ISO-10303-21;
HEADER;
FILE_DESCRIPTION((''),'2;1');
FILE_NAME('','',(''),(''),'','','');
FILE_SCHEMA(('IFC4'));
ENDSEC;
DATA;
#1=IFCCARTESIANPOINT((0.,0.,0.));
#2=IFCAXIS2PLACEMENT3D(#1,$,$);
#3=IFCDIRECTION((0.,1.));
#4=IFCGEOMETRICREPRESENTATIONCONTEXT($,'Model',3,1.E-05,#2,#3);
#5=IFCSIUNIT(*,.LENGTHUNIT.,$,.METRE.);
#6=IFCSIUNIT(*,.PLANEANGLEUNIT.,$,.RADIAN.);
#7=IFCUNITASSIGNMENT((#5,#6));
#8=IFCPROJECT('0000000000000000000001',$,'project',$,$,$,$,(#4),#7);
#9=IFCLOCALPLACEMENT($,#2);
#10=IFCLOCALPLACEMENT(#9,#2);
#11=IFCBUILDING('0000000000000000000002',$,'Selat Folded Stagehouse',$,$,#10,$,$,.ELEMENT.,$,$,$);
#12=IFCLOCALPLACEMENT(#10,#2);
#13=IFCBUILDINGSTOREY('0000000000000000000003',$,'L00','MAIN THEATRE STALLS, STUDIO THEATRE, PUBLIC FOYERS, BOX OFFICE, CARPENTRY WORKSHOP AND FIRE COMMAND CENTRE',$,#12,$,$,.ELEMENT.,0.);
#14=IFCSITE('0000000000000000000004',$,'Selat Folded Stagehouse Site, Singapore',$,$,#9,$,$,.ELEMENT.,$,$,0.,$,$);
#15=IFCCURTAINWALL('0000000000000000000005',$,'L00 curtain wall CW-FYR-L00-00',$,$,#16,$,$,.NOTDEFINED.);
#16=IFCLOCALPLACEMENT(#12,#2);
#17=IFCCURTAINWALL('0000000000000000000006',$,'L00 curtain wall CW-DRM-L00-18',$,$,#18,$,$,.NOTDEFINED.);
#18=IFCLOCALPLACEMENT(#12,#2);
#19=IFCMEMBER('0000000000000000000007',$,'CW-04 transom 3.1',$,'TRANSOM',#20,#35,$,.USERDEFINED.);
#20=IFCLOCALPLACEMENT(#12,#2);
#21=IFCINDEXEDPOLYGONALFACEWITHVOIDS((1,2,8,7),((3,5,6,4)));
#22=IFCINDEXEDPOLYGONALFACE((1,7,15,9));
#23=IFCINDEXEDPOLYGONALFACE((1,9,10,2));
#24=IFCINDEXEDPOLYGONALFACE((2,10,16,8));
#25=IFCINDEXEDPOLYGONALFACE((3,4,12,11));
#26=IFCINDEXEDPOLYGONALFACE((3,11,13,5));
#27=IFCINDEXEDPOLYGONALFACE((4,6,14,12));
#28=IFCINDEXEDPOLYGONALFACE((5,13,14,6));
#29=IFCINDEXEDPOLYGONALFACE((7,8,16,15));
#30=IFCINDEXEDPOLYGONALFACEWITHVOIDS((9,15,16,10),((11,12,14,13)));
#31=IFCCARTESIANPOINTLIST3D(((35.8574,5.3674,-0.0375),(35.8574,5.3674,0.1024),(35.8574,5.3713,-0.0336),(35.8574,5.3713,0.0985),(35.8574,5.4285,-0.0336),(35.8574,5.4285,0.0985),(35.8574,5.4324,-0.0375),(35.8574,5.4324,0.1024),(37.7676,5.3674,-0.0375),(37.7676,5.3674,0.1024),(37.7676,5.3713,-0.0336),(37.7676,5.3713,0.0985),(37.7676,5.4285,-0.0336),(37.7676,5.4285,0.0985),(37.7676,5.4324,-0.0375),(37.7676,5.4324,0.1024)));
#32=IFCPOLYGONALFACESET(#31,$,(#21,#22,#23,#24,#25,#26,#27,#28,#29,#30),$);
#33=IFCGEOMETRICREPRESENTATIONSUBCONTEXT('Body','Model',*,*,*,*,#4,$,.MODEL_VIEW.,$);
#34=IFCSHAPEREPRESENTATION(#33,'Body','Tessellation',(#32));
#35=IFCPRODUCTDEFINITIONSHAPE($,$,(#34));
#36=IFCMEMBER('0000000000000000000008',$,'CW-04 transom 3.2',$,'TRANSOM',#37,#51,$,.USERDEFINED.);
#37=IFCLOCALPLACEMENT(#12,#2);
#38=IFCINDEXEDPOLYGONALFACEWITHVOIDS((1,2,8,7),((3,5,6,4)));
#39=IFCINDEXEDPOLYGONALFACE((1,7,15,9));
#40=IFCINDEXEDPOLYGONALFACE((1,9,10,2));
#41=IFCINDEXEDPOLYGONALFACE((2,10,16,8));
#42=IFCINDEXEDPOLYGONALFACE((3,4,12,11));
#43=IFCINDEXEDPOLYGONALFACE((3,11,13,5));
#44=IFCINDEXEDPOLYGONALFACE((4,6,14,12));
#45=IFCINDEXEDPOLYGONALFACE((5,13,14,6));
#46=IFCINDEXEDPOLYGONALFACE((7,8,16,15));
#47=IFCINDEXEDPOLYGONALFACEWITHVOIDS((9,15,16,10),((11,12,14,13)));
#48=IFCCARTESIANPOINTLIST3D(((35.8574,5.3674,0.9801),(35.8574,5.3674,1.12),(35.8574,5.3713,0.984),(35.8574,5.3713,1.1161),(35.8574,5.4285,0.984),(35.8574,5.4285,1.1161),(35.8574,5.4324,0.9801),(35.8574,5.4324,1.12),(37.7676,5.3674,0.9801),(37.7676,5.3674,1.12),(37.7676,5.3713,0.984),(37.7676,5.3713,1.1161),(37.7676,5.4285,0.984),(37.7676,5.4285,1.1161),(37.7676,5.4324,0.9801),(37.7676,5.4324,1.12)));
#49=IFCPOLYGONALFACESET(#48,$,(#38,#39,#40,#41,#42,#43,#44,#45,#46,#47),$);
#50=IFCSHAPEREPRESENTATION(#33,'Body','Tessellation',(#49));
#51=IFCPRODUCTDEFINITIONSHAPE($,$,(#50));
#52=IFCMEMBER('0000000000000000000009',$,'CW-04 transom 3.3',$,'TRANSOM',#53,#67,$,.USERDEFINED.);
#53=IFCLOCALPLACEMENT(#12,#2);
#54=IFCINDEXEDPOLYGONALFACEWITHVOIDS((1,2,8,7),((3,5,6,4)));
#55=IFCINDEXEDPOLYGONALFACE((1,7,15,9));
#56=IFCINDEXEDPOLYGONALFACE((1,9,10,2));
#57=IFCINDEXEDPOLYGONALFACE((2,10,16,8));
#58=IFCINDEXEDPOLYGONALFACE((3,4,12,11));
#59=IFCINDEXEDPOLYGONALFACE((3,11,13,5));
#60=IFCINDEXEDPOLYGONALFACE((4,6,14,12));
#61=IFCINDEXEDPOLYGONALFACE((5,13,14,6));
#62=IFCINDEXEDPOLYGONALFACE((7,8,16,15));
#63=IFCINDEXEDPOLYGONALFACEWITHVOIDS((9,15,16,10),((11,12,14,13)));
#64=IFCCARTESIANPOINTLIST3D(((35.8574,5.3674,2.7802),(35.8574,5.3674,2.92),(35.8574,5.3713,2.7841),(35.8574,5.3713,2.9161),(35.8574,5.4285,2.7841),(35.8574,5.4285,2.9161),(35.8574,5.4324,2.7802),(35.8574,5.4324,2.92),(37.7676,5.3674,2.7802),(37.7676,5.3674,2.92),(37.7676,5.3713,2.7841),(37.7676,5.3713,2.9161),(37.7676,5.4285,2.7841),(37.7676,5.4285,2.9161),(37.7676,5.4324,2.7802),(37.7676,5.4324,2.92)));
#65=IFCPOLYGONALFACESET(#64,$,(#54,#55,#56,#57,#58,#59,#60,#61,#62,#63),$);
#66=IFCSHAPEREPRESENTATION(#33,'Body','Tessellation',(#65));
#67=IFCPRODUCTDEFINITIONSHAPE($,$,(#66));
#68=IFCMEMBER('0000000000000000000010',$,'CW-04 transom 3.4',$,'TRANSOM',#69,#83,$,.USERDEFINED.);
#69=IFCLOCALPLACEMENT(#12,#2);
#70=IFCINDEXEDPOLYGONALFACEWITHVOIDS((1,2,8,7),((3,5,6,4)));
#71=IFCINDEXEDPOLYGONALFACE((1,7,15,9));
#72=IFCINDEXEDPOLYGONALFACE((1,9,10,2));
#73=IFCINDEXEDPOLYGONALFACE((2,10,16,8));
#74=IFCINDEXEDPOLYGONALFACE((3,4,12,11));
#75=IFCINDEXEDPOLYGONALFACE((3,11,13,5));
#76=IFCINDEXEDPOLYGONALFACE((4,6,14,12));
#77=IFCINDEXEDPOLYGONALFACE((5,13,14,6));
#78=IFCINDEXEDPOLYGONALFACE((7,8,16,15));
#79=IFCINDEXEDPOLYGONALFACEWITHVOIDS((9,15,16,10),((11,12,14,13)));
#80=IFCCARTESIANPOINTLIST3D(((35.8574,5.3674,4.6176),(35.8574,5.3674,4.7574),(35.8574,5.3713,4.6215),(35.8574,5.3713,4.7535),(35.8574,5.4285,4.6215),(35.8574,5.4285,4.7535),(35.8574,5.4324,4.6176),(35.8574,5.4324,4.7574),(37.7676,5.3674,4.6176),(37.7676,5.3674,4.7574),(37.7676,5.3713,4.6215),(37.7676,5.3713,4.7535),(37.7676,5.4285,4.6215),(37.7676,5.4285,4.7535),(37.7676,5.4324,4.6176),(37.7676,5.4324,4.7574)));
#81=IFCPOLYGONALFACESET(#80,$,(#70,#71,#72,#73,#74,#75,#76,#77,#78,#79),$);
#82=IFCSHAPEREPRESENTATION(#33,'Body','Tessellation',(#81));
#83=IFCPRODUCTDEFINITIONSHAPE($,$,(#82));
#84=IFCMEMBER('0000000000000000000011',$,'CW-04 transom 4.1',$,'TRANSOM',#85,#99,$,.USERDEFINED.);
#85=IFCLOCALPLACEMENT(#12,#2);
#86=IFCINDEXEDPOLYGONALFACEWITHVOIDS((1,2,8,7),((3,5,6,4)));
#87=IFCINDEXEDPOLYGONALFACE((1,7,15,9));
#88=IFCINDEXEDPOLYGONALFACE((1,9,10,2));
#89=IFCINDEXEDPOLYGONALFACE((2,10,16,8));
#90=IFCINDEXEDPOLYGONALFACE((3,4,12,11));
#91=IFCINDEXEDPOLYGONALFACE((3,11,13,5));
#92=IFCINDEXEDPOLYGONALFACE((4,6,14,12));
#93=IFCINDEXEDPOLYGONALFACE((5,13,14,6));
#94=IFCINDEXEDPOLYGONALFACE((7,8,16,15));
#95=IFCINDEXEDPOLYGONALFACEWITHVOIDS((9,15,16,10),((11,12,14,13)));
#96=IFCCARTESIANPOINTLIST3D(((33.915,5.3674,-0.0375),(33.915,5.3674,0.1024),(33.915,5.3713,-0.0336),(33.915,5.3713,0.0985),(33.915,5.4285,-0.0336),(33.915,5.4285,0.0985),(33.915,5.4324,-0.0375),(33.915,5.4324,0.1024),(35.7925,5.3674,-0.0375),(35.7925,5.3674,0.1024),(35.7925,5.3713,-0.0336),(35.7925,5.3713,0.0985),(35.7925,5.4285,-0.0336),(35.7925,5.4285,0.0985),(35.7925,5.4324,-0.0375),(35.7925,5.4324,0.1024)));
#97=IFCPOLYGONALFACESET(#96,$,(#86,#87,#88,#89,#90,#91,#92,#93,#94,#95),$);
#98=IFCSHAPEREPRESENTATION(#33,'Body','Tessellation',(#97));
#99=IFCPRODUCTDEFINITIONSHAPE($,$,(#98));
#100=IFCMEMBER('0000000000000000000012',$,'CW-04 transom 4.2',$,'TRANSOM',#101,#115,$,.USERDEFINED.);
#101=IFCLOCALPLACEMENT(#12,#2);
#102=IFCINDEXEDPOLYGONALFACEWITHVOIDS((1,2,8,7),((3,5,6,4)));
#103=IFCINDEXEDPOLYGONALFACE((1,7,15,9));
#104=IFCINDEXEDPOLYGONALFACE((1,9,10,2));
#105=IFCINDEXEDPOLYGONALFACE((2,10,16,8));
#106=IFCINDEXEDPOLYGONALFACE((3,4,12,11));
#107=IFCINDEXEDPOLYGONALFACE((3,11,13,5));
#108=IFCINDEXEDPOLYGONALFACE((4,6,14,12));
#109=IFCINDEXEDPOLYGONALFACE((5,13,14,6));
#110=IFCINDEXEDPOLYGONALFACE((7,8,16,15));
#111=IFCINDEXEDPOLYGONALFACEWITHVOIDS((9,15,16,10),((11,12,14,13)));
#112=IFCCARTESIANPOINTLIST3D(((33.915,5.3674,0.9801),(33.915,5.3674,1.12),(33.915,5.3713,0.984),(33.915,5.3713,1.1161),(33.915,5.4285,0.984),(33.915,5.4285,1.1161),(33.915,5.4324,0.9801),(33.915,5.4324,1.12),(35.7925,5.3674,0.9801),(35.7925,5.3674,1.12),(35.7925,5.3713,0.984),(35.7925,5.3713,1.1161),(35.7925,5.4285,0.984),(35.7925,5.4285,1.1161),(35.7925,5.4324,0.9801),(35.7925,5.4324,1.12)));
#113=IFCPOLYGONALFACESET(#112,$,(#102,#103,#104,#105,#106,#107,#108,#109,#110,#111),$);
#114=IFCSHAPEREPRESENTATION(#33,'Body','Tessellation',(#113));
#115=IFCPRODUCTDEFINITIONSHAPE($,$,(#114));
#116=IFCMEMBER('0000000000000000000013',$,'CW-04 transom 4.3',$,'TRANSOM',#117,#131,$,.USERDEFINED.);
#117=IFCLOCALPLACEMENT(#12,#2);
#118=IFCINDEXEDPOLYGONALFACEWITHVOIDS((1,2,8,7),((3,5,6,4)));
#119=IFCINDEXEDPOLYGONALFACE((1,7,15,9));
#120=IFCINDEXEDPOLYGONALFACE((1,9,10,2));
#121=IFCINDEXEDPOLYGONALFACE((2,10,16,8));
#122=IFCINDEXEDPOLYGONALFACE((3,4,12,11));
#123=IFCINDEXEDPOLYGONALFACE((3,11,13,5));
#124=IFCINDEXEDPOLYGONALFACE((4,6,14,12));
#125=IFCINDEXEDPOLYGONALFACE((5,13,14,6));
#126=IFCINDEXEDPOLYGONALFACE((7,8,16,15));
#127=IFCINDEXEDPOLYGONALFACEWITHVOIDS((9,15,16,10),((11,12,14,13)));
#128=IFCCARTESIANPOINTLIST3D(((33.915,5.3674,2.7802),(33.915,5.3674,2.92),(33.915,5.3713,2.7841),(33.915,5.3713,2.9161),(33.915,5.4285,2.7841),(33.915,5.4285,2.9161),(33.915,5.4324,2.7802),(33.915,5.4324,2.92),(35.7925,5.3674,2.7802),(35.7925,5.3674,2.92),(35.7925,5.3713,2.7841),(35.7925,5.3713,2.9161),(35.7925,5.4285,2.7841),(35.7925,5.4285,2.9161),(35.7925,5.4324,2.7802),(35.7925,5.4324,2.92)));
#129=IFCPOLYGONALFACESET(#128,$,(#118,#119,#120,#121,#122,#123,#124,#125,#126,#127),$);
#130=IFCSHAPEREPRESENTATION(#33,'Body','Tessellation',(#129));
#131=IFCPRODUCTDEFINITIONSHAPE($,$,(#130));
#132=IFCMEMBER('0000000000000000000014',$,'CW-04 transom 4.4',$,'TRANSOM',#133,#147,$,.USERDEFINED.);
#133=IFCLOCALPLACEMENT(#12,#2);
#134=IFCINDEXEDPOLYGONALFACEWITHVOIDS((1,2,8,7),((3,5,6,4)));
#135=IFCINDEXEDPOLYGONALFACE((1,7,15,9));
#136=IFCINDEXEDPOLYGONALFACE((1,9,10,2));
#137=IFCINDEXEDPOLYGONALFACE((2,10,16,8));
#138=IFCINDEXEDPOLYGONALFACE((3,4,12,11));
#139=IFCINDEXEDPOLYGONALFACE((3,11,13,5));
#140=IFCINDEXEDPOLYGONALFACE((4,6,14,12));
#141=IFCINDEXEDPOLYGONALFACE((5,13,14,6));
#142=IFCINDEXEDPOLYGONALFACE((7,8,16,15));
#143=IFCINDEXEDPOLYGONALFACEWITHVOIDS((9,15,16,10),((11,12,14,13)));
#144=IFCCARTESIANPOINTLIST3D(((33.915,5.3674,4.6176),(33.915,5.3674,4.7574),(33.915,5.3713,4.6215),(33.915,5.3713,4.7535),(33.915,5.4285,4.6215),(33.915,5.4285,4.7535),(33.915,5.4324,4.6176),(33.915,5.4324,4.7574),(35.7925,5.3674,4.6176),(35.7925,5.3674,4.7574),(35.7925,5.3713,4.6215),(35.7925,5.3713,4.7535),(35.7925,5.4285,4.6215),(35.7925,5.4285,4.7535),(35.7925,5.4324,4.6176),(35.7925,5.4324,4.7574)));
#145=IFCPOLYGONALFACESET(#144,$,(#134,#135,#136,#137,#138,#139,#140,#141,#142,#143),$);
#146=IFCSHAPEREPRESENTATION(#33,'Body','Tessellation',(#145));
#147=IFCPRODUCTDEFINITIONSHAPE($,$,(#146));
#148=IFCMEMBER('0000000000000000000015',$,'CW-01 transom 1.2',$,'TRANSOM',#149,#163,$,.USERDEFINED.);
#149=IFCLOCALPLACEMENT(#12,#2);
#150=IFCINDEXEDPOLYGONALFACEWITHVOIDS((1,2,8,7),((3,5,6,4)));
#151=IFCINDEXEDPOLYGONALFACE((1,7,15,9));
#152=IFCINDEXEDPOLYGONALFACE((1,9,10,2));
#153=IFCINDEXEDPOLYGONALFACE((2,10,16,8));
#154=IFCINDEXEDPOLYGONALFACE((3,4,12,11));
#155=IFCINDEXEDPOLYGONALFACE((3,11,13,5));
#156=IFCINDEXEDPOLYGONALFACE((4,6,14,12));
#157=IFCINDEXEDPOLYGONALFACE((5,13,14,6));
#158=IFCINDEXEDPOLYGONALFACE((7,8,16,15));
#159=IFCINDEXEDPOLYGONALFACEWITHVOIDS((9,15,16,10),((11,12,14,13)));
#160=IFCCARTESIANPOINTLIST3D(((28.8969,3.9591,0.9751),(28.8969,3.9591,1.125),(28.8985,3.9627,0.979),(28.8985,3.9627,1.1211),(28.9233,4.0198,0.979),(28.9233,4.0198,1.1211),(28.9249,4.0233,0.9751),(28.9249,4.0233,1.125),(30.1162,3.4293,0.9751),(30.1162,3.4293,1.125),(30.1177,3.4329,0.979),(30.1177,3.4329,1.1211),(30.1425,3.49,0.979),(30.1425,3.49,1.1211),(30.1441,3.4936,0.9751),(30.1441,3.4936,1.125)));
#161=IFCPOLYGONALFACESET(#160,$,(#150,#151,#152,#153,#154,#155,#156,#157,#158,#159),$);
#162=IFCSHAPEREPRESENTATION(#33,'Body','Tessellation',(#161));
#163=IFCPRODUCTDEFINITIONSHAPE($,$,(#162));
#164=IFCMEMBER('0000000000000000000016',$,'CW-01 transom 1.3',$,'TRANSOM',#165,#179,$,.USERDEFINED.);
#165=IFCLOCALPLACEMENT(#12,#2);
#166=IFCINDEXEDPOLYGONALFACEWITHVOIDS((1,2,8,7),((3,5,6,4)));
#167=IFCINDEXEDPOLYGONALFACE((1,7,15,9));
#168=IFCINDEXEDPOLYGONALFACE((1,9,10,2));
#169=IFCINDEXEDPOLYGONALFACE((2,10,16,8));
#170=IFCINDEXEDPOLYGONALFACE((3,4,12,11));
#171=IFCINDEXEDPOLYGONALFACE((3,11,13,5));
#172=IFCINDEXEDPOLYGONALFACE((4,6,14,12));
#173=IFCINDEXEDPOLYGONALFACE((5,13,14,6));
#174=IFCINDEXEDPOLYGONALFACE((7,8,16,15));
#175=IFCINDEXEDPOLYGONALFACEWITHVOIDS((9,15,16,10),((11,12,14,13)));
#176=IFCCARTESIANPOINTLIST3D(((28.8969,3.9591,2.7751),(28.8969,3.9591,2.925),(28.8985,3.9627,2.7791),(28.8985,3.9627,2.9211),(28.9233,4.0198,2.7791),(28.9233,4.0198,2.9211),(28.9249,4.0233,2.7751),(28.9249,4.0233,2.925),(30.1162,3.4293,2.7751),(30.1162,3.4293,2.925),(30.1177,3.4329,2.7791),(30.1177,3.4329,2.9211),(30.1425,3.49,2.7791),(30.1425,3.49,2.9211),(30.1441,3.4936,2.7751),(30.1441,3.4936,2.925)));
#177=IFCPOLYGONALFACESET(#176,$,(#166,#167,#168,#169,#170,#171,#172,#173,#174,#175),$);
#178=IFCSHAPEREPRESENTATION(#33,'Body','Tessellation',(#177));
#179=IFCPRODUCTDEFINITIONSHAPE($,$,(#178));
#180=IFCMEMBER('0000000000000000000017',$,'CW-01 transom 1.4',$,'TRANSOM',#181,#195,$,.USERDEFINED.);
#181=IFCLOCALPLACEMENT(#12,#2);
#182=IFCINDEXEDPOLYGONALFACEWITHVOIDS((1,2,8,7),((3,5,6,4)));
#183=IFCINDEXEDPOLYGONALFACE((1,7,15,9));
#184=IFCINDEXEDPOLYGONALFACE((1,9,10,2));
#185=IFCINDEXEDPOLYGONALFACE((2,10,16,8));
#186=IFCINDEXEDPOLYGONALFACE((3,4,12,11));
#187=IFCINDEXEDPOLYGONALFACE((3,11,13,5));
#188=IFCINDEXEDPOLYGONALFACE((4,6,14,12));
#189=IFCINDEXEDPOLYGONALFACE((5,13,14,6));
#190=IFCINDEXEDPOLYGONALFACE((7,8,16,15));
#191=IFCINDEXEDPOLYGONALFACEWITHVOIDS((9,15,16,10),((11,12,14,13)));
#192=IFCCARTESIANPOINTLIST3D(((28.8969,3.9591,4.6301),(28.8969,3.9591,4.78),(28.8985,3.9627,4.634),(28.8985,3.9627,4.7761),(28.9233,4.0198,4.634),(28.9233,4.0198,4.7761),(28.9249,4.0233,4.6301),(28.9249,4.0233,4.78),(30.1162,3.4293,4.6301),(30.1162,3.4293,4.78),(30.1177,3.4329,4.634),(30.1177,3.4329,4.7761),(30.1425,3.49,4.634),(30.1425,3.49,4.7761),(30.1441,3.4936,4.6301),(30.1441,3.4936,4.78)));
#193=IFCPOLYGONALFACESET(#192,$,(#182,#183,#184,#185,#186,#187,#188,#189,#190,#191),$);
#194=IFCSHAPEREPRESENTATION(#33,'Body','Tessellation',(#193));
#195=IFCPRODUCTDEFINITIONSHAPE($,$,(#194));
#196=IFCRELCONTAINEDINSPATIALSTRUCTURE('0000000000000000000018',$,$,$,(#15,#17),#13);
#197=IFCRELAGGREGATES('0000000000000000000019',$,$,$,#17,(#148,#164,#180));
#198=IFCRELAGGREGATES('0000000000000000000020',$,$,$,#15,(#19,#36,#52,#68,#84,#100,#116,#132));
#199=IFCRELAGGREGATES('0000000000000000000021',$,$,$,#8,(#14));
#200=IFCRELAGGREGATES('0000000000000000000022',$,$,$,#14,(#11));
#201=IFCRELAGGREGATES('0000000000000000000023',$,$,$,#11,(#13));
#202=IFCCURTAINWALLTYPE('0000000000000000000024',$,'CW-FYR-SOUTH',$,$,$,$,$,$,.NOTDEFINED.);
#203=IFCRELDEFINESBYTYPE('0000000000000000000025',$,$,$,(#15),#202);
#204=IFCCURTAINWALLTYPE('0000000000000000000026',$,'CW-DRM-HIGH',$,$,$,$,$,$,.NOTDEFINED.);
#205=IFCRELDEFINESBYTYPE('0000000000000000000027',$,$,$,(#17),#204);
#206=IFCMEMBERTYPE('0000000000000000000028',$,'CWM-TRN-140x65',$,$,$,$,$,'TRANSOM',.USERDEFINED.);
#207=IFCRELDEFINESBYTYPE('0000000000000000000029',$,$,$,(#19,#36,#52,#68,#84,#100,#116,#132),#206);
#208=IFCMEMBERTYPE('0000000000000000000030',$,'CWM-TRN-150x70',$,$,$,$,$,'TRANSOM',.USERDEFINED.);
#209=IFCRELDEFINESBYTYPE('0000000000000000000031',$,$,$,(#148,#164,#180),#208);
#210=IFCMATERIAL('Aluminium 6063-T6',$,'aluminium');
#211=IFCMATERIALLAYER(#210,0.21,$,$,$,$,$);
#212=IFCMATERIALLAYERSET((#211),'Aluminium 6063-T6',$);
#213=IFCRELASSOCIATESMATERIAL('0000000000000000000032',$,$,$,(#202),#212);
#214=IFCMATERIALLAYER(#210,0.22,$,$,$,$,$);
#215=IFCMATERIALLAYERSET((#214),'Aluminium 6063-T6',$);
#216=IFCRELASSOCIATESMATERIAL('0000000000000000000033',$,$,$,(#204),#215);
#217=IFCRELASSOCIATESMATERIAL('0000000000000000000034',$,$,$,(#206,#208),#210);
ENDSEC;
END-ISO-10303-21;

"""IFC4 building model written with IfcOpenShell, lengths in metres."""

from ifc_helpers import new_model, si_unit, direction, frame, origin, origin_2d, place, context, subcontext, project, spatial, hollow_rectangle, extrude, material, layer, layer_set, material_profile, profile_set, type_object, element, aggregate, save


model = new_model("IFC4")

# Units and contexts
model_context = context("Model", 3, precision=1e-05, world=origin(), true_north=direction((0.0, 1.0)))
body_context = subcontext(model_context, "Body", "Model", "MODEL_VIEW")
ifc_project = project(units=[si_unit("LENGTHUNIT", "METRE"), si_unit("PLANEANGLEUNIT", "RADIAN")], contexts=[model_context])

# Site, building, storey
site_placement = place(None, origin())
site = spatial("IfcSite", under=ifc_project, at=site_placement, Name="Selat Folded Stagehouse Site, Singapore", CompositionType="ELEMENT", RefElevation=0.0)
building_placement = place(site_placement, origin())
building = spatial("IfcBuilding", under=site, at=building_placement, Name="Selat Folded Stagehouse", CompositionType="ELEMENT")
storey_placement = place(building_placement, origin())
storey = spatial("IfcBuildingStorey", under=building, at=storey_placement, Name="L00", Description="MAIN THEATRE STALLS, STUDIO THEATRE, PUBLIC FOYERS, BOX OFFICE, CARPENTRY WORKSHOP AND FIRE COMMAND CENTRE", CompositionType="ELEMENT", Elevation=0.0)

# Curtain wall
ifc_material_1 = material(Name="Aluminium 6063-T6", Category="aluminium")
ifc_layer_1 = layer(ifc_material_1, 0.21)
ifc_layer_set_1 = layer_set([ifc_layer_1], Name="Aluminium 6063-T6")
curtain_wall_type_1 = type_object("IfcCurtainWallType", Name="CW-FYR-SOUTH", PredefinedType="NOTDEFINED", material=ifc_layer_set_1)
curtain_wall_1_placement = place(storey_placement, origin())
curtain_wall_1 = element("IfcCurtainWall", 1, at=curtain_wall_1_placement, inside=storey, type_object=curtain_wall_type_1, Name="L00 curtain wall CW-FYR-L00-00", PredefinedType="NOTDEFINED")

# Curtain wall
ifc_layer_2 = layer(ifc_material_1, 0.22)
ifc_layer_set_2 = layer_set([ifc_layer_2], Name="Aluminium 6063-T6")
curtain_wall_type_2 = type_object("IfcCurtainWallType", Name="CW-DRM-HIGH", PredefinedType="NOTDEFINED", material=ifc_layer_set_2)
curtain_wall_2_placement = place(storey_placement, origin())
curtain_wall_2 = element("IfcCurtainWall", 2, at=curtain_wall_2_placement, inside=storey, type_object=curtain_wall_type_2, Name="L00 curtain wall CW-DRM-L00-18", PredefinedType="NOTDEFINED")

# Members
ifc_material_profile_1 = material_profile(ifc_material_1, hollow_rectangle(XDim=0.0649, YDim=0.1399, WallThickness=0.0039, at=origin_2d()), Name="ALU 140x65x4.0")
ifc_profile_set_1 = profile_set([ifc_material_profile_1], Name="Aluminium 6063-T6")
member_type_1 = type_object("IfcMemberType", Name="CWM-TRN-140x65", ElementType="TRANSOM", PredefinedType="USERDEFINED", material=ifc_profile_set_1)
member_1_placement = place(storey_placement, frame((37.7676, 5.3999, 0.0325), z_axis=(-1.0, 0.0, 0.0), x_axis=(0.0, -1.0, 0.0)))
member_1 = element("IfcMember", 3, at=member_1_placement, type_object=member_type_1, Name="CW-04 transom 3.1", ObjectType="TRANSOM", PredefinedType="USERDEFINED", context=body_context, shape_type="SweptSolid", body=[
    extrude(hollow_rectangle(XDim=0.0649, YDim=0.1399, WallThickness=0.0039, at=origin_2d()), origin(), (0.0, 0.0, 1.0), 1.9102),
])
member_2_placement = place(storey_placement, frame((37.7676, 5.3999, 1.05), z_axis=(-1.0, 0.0, 0.0), x_axis=(0.0, -1.0, 0.0)))
member_2 = element("IfcMember", 4, at=member_2_placement, type_object=member_type_1, Name="CW-04 transom 3.2", ObjectType="TRANSOM", PredefinedType="USERDEFINED", context=body_context, shape_type="SweptSolid", body=[
    extrude(hollow_rectangle(XDim=0.0649, YDim=0.1399, WallThickness=0.0039, at=origin_2d()), origin(), (0.0, 0.0, 1.0), 1.9102),
])
member_3_placement = place(storey_placement, frame((37.7676, 5.3999, 2.8501), z_axis=(-1.0, 0.0, 0.0), x_axis=(0.0, -1.0, 0.0)))
member_3 = element("IfcMember", 5, at=member_3_placement, type_object=member_type_1, Name="CW-04 transom 3.3", ObjectType="TRANSOM", PredefinedType="USERDEFINED", context=body_context, shape_type="SweptSolid", body=[
    extrude(hollow_rectangle(XDim=0.0649, YDim=0.1399, WallThickness=0.0039, at=origin_2d()), origin(), (0.0, 0.0, 1.0), 1.9102),
])
member_4_placement = place(storey_placement, frame((37.7676, 5.3999, 4.6875), z_axis=(-1.0, 0.0, 0.0), x_axis=(0.0, -1.0, 0.0)))
member_4 = element("IfcMember", 6, at=member_4_placement, type_object=member_type_1, Name="CW-04 transom 3.4", ObjectType="TRANSOM", PredefinedType="USERDEFINED", context=body_context, shape_type="SweptSolid", body=[
    extrude(hollow_rectangle(XDim=0.0649, YDim=0.1399, WallThickness=0.0039, at=origin_2d()), origin(), (0.0, 0.0, 1.0), 1.9102),
])
member_5_placement = place(storey_placement, frame((35.7925, 5.3999, 0.0325), z_axis=(-1.0, 0.0, 0.0), x_axis=(0.0, -1.0, 0.0)))
member_5 = element("IfcMember", 7, at=member_5_placement, type_object=member_type_1, Name="CW-04 transom 4.1", ObjectType="TRANSOM", PredefinedType="USERDEFINED", context=body_context, shape_type="SweptSolid", body=[
    extrude(hollow_rectangle(XDim=0.0649, YDim=0.1399, WallThickness=0.0039, at=origin_2d()), origin(), (0.0, 0.0, 1.0), 1.8774),
])
member_6_placement = place(storey_placement, frame((35.7925, 5.3999, 1.05), z_axis=(-1.0, 0.0, 0.0), x_axis=(0.0, -1.0, 0.0)))
member_6 = element("IfcMember", 8, at=member_6_placement, type_object=member_type_1, Name="CW-04 transom 4.2", ObjectType="TRANSOM", PredefinedType="USERDEFINED", context=body_context, shape_type="SweptSolid", body=[
    extrude(hollow_rectangle(XDim=0.0649, YDim=0.1399, WallThickness=0.0039, at=origin_2d()), origin(), (0.0, 0.0, 1.0), 1.8774),
])
member_7_placement = place(storey_placement, frame((35.7925, 5.3999, 2.8501), z_axis=(-1.0, 0.0, 0.0), x_axis=(0.0, -1.0, 0.0)))
member_7 = element("IfcMember", 9, at=member_7_placement, type_object=member_type_1, Name="CW-04 transom 4.3", ObjectType="TRANSOM", PredefinedType="USERDEFINED", context=body_context, shape_type="SweptSolid", body=[
    extrude(hollow_rectangle(XDim=0.0649, YDim=0.1399, WallThickness=0.0039, at=origin_2d()), origin(), (0.0, 0.0, 1.0), 1.8774),
])
member_8_placement = place(storey_placement, frame((35.7925, 5.3999, 4.6875), z_axis=(-1.0, 0.0, 0.0), x_axis=(0.0, -1.0, 0.0)))
member_8 = element("IfcMember", 10, at=member_8_placement, type_object=member_type_1, Name="CW-04 transom 4.4", ObjectType="TRANSOM", PredefinedType="USERDEFINED", context=body_context, shape_type="SweptSolid", body=[
    extrude(hollow_rectangle(XDim=0.0649, YDim=0.1399, WallThickness=0.0039, at=origin_2d()), origin(), (0.0, 0.0, 1.0), 1.8774),
])
ifc_material_profile_2 = material_profile(ifc_material_1, hollow_rectangle(XDim=0.0701, YDim=0.1499, WallThickness=0.0039, at=origin_2d()), Name="ALU 150x70x4.0")
ifc_profile_set_2 = profile_set([ifc_material_profile_2], Name="Aluminium 6063-T6")
member_type_2 = type_object("IfcMemberType", Name="CWM-TRN-150x70", ElementType="TRANSOM", PredefinedType="USERDEFINED", material=ifc_profile_set_2)
member_9_placement = place(storey_placement, frame((30.1301, 3.4614, 1.05), z_axis=(-0.917158, 0.398525, 0.0), x_axis=(-0.398525, -0.917158, 0.0)))
member_9 = element("IfcMember", 11, at=member_9_placement, type_object=member_type_2, Name="CW-01 transom 1.2", ObjectType="TRANSOM", PredefinedType="USERDEFINED", context=body_context, shape_type="SweptSolid", body=[
    extrude(hollow_rectangle(XDim=0.0701, YDim=0.1499, WallThickness=0.0039, at=origin_2d()), origin(), (0.0, 0.0, 1.0), 1.3293),
])
member_10_placement = place(storey_placement, frame((30.1301, 3.4614, 2.8501), z_axis=(-0.917158, 0.398525, 0.0), x_axis=(-0.398525, -0.917158, 0.0)))
member_10 = element("IfcMember", 12, at=member_10_placement, type_object=member_type_2, Name="CW-01 transom 1.3", ObjectType="TRANSOM", PredefinedType="USERDEFINED", context=body_context, shape_type="SweptSolid", body=[
    extrude(hollow_rectangle(XDim=0.0701, YDim=0.1499, WallThickness=0.0039, at=origin_2d()), origin(), (0.0, 0.0, 1.0), 1.3293),
])
member_11_placement = place(storey_placement, frame((30.1301, 3.4614, 4.7051), z_axis=(-0.917158, 0.398525, 0.0), x_axis=(-0.398525, -0.917158, 0.0)))
member_11 = element("IfcMember", 13, at=member_11_placement, type_object=member_type_2, Name="CW-01 transom 1.4", ObjectType="TRANSOM", PredefinedType="USERDEFINED", context=body_context, shape_type="SweptSolid", body=[
    extrude(hollow_rectangle(XDim=0.0701, YDim=0.1499, WallThickness=0.0039, at=origin_2d()), origin(), (0.0, 0.0, 1.0), 1.3293),
])
aggregate(curtain_wall_2, [member_9, member_10, member_11])

aggregate(curtain_wall_1, [member_1, member_2, member_3, member_4, member_5, member_6, member_7, member_8])

save(model, "model.ifc")
